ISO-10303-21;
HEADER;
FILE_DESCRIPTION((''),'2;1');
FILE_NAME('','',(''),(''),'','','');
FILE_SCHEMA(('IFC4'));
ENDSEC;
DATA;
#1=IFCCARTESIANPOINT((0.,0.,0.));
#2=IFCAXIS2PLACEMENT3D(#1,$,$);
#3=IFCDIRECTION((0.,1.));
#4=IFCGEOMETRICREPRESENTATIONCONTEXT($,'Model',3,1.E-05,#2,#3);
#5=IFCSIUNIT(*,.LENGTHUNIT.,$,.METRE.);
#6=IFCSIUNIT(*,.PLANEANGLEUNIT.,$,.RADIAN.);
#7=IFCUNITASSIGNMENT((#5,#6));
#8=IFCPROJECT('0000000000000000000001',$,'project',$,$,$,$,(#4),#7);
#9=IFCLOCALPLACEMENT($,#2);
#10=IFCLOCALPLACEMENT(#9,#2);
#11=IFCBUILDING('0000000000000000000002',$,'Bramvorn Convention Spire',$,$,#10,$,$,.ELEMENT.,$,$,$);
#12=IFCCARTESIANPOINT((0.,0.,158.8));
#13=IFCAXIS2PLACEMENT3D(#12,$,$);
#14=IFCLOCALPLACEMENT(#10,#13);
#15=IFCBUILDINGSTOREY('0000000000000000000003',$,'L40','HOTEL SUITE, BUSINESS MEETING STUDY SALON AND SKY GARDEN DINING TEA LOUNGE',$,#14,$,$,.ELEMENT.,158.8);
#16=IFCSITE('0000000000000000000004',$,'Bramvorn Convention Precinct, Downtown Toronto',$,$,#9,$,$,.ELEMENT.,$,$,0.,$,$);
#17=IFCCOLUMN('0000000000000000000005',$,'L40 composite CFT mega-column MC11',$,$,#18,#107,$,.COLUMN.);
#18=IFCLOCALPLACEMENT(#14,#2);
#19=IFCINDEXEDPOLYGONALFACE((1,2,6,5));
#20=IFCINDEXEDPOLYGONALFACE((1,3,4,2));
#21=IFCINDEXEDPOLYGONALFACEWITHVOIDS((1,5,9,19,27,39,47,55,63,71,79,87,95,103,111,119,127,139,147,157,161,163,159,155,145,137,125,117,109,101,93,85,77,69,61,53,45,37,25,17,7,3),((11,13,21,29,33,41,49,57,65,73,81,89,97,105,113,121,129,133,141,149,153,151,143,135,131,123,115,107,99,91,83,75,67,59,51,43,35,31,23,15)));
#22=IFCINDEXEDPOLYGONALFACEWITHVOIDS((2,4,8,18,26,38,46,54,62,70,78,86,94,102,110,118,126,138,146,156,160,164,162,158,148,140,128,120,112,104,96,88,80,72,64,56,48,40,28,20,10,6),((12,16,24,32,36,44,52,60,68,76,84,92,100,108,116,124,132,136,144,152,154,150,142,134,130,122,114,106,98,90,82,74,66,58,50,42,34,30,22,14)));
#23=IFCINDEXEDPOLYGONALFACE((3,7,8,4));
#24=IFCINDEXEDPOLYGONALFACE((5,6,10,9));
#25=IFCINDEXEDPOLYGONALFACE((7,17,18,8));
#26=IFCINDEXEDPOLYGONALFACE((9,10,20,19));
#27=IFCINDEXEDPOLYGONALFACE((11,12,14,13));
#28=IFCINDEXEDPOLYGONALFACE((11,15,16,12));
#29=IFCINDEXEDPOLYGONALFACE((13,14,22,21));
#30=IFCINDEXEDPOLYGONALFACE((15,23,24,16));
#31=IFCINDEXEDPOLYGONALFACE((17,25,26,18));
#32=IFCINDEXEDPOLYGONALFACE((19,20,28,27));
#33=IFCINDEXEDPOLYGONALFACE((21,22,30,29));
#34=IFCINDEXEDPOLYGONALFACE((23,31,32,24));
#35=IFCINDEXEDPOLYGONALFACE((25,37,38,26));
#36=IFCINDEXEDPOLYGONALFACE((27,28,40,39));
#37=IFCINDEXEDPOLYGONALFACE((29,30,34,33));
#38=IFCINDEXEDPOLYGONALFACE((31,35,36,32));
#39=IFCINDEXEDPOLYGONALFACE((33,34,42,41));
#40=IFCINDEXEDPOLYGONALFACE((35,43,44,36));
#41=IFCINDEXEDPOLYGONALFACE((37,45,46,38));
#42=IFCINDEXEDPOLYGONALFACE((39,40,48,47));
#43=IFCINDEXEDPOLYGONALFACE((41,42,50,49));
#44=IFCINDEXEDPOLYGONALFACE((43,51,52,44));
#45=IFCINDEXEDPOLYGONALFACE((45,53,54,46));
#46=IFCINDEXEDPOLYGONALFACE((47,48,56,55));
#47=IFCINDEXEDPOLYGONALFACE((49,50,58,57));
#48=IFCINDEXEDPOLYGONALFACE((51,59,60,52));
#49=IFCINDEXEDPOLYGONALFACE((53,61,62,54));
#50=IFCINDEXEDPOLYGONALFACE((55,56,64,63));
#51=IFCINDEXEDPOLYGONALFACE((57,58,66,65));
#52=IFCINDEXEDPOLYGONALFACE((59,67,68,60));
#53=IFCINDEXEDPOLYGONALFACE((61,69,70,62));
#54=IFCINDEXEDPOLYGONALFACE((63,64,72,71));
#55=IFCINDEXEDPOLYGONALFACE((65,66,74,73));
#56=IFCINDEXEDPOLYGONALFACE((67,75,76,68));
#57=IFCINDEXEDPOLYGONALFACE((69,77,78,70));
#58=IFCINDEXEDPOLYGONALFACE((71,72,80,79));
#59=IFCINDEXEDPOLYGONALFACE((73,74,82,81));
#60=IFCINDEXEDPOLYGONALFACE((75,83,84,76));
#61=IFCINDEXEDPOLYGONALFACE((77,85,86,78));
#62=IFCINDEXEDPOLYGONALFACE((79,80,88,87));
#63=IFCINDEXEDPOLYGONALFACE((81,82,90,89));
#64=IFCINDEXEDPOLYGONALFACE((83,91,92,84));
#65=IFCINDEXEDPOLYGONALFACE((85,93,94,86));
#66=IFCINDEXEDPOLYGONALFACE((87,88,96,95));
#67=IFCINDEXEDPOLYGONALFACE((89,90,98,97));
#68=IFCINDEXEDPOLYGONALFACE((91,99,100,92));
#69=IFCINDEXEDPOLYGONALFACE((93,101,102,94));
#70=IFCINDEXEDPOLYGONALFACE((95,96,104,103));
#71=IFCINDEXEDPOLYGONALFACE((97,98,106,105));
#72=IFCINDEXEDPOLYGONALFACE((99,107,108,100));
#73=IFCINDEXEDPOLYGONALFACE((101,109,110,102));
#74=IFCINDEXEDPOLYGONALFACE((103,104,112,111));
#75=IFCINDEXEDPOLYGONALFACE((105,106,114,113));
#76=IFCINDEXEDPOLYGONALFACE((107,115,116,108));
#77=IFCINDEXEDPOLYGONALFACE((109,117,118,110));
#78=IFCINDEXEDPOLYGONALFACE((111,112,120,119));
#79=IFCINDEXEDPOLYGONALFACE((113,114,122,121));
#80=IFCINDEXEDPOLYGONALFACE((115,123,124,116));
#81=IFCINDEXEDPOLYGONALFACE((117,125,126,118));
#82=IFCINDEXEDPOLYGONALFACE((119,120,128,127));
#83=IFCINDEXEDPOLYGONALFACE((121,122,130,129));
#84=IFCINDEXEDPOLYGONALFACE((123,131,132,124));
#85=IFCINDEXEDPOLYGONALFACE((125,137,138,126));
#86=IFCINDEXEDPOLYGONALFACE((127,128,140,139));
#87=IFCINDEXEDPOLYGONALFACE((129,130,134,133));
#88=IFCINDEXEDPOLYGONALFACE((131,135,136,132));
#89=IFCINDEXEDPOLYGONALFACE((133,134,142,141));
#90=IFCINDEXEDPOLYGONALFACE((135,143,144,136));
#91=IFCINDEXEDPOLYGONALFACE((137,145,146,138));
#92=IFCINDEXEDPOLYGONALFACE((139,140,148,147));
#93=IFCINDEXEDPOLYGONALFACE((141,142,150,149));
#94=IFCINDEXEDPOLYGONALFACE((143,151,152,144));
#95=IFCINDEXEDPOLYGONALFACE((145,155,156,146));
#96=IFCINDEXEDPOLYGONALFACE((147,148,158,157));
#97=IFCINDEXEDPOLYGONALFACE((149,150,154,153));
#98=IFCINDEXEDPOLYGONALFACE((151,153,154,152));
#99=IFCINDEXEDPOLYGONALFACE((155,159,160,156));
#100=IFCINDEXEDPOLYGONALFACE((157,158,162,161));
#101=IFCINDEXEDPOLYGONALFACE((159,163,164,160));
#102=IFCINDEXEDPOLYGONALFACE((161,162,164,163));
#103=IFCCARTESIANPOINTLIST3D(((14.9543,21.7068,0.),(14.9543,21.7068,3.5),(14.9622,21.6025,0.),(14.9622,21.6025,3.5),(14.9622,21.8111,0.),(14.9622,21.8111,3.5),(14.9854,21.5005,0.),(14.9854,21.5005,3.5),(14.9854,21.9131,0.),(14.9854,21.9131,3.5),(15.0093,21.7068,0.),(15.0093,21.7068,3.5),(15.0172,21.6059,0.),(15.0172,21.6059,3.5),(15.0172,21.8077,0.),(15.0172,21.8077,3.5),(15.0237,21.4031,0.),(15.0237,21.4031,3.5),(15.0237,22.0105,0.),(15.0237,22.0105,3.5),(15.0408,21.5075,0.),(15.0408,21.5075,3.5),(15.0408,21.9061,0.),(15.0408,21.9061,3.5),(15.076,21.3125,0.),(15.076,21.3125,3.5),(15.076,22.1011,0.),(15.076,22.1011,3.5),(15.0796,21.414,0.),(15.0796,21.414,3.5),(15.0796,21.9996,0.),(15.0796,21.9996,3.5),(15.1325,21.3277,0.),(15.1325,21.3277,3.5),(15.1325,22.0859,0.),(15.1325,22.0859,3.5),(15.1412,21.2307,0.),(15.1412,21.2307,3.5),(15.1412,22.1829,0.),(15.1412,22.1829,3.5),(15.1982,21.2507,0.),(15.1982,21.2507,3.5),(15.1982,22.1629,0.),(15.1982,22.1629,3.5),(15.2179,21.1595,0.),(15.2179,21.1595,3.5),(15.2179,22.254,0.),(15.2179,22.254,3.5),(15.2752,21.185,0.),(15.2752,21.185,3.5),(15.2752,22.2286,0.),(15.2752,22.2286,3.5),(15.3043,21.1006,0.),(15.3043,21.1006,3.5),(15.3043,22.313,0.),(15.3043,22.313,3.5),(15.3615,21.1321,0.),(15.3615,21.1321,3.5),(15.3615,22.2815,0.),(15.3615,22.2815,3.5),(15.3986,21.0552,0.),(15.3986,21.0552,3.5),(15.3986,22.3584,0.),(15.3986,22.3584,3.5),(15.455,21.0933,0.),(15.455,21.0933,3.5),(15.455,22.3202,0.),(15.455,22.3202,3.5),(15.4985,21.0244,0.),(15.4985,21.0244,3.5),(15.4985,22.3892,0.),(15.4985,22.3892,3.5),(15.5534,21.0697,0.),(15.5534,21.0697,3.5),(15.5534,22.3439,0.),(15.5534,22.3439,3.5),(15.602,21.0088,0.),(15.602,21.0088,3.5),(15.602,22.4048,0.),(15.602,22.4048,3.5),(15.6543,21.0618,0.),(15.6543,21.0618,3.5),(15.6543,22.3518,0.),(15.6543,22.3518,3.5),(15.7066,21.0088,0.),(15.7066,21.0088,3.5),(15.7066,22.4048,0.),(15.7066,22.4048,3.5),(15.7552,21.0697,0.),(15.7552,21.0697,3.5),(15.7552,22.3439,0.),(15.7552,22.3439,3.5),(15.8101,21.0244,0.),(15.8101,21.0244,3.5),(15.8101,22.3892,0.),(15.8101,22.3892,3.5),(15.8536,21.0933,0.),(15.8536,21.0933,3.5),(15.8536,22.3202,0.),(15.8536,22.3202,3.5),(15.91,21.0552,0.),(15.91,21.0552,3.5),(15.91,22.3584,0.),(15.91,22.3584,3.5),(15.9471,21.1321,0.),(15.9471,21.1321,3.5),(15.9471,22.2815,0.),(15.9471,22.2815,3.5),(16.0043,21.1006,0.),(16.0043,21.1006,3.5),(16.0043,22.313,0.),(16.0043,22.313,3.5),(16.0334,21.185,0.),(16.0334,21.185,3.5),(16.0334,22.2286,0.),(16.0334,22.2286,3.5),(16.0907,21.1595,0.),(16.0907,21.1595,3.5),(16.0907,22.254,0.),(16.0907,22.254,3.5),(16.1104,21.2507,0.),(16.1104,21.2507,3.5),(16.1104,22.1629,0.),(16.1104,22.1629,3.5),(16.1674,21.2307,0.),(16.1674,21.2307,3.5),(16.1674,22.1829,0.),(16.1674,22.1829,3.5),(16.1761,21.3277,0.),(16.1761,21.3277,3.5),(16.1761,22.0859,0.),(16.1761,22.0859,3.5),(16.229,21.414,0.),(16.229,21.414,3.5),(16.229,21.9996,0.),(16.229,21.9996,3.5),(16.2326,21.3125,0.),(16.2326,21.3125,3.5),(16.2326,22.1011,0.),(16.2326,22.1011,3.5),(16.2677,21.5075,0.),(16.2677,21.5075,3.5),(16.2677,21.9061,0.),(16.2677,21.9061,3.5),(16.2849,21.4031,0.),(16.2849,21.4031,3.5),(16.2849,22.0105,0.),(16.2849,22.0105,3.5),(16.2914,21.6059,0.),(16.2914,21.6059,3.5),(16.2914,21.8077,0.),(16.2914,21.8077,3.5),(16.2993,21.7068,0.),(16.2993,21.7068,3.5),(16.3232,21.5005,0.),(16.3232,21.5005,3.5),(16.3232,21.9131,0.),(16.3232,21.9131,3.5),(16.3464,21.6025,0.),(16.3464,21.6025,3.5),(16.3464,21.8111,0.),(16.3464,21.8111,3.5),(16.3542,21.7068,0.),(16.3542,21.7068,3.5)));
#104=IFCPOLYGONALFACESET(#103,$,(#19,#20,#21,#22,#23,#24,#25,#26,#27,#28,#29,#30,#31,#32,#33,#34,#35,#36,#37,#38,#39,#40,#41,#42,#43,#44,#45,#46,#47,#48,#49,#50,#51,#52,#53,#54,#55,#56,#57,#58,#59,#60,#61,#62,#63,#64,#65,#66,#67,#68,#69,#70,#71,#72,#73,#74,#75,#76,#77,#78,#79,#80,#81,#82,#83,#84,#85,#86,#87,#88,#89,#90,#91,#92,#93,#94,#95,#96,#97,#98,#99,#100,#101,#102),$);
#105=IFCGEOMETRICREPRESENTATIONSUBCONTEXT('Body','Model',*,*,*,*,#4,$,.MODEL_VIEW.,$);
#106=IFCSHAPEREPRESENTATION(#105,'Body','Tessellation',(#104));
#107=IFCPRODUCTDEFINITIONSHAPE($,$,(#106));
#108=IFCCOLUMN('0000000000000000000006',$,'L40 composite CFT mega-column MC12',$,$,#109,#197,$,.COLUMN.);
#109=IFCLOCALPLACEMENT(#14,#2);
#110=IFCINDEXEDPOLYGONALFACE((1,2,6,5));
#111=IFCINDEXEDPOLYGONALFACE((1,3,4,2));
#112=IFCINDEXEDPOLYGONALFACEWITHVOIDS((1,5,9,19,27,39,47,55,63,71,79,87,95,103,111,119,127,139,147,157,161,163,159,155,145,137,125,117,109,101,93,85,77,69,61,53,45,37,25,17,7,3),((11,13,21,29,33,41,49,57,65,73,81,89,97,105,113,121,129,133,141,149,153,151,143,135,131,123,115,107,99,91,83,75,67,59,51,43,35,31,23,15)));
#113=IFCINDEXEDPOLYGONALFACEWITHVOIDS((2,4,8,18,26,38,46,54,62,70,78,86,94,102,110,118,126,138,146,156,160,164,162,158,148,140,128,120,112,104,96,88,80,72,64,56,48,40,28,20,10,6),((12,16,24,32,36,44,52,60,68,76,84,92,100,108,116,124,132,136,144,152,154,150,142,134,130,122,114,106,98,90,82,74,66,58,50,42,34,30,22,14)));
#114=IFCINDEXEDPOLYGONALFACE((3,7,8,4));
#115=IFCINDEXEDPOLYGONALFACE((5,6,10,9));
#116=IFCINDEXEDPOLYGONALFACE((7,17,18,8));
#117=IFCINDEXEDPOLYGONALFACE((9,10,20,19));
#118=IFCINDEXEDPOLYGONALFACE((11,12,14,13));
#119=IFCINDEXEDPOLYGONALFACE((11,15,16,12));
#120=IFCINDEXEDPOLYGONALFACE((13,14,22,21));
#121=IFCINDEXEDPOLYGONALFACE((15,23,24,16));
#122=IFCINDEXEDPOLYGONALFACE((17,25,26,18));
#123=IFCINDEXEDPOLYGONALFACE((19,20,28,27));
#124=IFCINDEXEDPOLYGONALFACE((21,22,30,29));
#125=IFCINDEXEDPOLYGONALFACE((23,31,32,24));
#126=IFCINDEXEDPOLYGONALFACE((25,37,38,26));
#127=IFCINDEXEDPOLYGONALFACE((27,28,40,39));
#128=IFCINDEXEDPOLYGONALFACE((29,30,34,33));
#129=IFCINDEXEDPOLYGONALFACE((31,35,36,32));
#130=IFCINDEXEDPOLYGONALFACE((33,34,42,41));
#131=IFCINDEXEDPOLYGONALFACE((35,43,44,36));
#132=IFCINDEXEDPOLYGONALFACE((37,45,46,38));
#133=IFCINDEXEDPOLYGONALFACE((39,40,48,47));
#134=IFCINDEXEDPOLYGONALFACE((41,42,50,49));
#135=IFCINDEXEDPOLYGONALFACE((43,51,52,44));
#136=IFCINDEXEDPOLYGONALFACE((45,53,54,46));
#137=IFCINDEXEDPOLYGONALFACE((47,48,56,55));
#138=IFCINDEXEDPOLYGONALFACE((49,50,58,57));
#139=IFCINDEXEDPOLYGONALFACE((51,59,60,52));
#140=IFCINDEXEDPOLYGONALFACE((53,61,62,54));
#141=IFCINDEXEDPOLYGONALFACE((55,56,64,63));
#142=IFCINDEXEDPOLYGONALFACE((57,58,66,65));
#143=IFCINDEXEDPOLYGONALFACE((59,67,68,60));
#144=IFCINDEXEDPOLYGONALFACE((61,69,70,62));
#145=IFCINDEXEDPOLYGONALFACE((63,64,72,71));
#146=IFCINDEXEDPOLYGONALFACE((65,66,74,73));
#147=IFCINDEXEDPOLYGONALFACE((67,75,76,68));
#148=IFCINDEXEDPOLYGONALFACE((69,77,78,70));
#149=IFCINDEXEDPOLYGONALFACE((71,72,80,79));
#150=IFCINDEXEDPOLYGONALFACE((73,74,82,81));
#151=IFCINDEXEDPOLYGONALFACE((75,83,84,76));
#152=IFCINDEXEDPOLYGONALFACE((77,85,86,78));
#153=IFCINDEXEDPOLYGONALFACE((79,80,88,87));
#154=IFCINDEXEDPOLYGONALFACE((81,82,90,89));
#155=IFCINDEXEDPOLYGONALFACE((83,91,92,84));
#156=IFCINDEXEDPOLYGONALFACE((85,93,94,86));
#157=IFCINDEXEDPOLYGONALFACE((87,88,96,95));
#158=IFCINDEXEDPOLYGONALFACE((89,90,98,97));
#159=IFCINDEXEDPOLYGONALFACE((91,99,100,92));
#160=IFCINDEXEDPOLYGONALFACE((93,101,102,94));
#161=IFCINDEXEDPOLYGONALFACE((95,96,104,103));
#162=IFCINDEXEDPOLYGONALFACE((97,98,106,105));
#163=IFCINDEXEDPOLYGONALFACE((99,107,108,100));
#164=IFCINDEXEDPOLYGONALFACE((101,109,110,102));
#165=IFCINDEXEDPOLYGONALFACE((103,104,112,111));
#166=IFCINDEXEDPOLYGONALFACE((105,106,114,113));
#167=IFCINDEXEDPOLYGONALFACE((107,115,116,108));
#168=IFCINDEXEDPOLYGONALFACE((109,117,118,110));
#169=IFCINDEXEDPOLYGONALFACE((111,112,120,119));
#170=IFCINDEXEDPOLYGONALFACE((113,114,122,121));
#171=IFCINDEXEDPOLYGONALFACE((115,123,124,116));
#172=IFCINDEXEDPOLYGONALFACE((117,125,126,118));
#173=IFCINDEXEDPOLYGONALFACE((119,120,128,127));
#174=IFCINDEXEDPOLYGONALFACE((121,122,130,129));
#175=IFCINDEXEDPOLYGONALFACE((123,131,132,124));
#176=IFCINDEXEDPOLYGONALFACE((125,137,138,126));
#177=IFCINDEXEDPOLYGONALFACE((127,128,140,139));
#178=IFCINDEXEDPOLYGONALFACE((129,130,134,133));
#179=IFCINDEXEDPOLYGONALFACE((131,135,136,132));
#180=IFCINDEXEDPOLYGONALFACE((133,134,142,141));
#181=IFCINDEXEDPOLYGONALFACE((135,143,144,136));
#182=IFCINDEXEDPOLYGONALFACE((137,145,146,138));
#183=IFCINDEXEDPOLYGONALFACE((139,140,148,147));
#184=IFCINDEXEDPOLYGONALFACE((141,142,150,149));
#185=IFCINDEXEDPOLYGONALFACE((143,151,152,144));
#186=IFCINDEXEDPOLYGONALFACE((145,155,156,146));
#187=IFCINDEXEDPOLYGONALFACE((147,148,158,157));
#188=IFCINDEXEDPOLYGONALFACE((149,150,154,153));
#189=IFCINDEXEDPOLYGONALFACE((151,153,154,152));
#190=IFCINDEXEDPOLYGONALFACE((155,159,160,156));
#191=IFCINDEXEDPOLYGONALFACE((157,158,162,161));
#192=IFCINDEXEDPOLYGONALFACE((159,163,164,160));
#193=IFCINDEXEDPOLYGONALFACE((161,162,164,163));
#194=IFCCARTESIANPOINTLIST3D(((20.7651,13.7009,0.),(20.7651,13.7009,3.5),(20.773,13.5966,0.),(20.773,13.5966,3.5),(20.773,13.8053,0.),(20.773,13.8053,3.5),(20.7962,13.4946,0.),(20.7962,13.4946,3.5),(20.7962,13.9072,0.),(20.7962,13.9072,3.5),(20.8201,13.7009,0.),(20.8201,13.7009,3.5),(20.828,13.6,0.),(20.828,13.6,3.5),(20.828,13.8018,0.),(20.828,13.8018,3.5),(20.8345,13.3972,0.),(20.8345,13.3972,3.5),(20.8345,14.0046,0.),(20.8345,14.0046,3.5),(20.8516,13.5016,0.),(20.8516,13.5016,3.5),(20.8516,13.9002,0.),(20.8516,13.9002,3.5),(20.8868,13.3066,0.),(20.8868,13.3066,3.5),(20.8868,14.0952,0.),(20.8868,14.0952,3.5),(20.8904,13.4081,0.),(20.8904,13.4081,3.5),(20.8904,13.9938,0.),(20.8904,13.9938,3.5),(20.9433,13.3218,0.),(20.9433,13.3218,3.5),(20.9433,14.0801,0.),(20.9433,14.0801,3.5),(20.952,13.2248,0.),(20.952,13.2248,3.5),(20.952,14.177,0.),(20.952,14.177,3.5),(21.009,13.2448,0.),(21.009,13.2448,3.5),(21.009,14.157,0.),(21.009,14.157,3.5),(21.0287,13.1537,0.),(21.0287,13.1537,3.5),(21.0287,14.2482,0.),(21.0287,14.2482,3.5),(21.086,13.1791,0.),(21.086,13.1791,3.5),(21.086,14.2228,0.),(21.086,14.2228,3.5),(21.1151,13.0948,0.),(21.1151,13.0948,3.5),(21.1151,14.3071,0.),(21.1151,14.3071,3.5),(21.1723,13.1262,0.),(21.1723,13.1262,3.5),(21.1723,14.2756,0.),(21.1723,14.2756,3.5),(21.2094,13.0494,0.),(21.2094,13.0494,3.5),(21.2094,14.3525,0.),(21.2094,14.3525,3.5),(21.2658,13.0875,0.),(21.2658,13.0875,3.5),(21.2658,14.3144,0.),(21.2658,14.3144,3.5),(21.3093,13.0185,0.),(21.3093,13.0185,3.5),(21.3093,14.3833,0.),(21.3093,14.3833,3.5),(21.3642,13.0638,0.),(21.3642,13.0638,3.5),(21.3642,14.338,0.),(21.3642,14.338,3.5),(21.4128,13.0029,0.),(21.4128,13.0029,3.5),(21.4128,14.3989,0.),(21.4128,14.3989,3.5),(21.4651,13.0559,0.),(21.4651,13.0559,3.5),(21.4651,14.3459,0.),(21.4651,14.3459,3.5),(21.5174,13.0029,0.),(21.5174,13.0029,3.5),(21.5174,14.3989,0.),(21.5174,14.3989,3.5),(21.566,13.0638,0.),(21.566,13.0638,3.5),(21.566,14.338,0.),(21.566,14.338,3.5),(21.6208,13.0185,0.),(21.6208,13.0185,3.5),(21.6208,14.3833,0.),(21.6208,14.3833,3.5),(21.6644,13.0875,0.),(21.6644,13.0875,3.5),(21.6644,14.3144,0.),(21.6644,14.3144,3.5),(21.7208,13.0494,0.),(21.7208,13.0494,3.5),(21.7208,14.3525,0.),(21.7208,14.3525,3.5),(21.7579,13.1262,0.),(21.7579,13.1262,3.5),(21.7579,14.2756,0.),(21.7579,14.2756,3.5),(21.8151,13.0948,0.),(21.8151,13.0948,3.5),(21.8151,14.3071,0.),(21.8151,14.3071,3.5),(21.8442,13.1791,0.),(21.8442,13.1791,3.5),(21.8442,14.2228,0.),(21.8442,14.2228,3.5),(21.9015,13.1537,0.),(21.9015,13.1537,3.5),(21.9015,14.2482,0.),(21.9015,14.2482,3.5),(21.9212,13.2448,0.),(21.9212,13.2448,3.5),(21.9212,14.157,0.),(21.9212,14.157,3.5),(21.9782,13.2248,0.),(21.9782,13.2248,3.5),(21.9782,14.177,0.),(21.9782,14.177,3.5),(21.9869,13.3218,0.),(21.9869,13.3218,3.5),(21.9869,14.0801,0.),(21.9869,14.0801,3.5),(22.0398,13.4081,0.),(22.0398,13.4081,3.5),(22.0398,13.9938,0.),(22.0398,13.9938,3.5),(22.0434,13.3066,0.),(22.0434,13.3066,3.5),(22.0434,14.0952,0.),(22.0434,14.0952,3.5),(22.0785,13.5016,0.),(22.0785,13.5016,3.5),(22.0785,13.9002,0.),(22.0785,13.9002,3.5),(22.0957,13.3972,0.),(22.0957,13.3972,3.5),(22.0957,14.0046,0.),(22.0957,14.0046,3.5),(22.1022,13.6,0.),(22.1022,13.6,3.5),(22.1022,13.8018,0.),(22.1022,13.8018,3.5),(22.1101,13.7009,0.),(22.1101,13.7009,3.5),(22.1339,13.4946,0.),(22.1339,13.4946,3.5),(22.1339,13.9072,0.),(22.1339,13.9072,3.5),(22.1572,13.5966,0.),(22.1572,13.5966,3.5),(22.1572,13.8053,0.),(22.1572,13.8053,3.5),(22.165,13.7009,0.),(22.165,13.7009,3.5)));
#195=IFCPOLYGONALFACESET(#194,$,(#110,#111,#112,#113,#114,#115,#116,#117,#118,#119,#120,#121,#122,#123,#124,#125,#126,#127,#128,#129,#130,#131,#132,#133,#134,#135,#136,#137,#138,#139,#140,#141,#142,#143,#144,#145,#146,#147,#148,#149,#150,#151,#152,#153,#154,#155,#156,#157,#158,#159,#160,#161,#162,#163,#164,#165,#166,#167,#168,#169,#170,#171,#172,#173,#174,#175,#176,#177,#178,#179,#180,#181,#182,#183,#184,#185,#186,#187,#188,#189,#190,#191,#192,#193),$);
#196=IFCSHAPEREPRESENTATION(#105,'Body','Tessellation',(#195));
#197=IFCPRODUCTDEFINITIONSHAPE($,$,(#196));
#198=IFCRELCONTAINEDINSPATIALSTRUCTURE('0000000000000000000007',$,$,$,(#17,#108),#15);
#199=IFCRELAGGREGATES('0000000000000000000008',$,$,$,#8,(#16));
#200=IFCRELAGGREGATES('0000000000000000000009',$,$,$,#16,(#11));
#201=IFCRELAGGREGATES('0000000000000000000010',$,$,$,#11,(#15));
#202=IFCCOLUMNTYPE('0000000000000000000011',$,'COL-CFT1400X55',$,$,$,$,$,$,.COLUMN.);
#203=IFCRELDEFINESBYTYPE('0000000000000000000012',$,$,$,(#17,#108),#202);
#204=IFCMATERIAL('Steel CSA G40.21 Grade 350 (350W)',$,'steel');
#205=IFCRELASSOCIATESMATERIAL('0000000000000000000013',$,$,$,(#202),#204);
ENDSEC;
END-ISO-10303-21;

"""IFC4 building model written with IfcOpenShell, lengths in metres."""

from ifc_helpers import new_model, si_unit, direction, frame, origin, origin_2d, place, context, subcontext, project, spatial, hollow_circle, extrude, material, material_profile, profile_set, type_object, element, save


model = new_model("IFC4")

# Units and contexts
model_context = context("Model", 3, precision=1e-05, world=origin(), true_north=direction((0.0, 1.0)))
body_context = subcontext(model_context, "Body", "Model", "MODEL_VIEW")
ifc_project = project(units=[si_unit("LENGTHUNIT", "METRE"), si_unit("PLANEANGLEUNIT", "RADIAN")], contexts=[model_context])

# Site, building, storey
site_placement = place(None, origin())
site = spatial("IfcSite", under=ifc_project, at=site_placement, Name="Bramvorn Convention Precinct, Downtown Toronto", CompositionType="ELEMENT", RefElevation=0.0)
building_placement = place(site_placement, origin())
building = spatial("IfcBuilding", under=site, at=building_placement, Name="Bramvorn Convention Spire", CompositionType="ELEMENT")
storey_placement = place(building_placement, frame((0.0, 0.0, 158.8)))
storey = spatial("IfcBuildingStorey", under=building, at=storey_placement, Name="L40", Description="HOTEL SUITE, BUSINESS MEETING STUDY SALON AND SKY GARDEN DINING TEA LOUNGE", CompositionType="ELEMENT", Elevation=158.8)

# Columns
ifc_material_1 = material(Name="Steel CSA G40.21 Grade 350 (350W)", Category="steel")
ifc_material_profile_1 = material_profile(ifc_material_1, hollow_circle(Radius=0.7, WallThickness=0.0549, at=origin_2d()))
ifc_profile_set_1 = profile_set([ifc_material_profile_1], Name="Steel CSA G40.21 Grade 350 (350W) - CFT1400X55")
column_type = type_object("IfcColumnType", Name="COL-CFT1400X55", PredefinedType="COLUMN", material=ifc_profile_set_1)
for number, where, z_axis, x_axis, name in (
    (1, (15.6543, 21.7068, 0.0), (0.0, 0.0, 1.0), (1.0, 0.0, 0.0), "L40 composite CFT mega-column MC11"),
    (2, (21.4651, 13.7009, 0.0), (0.0, 0.0, 1.0), (1.0, 0.0, 0.0), "L40 composite CFT mega-column MC12"),
):
    element("IfcColumn", number, at=place(storey_placement, frame(where, z_axis=z_axis, x_axis=x_axis)), inside=storey, type_object=column_type, Name=name, PredefinedType="COLUMN", context=body_context, shape_type="SweptSolid", body=[
        extrude(hollow_circle(Radius=0.7, WallThickness=0.0549, at=origin_2d()), origin(), (0.0, 0.0, 1.0), 3.5),
    ])

save(model, "model.ifc")
